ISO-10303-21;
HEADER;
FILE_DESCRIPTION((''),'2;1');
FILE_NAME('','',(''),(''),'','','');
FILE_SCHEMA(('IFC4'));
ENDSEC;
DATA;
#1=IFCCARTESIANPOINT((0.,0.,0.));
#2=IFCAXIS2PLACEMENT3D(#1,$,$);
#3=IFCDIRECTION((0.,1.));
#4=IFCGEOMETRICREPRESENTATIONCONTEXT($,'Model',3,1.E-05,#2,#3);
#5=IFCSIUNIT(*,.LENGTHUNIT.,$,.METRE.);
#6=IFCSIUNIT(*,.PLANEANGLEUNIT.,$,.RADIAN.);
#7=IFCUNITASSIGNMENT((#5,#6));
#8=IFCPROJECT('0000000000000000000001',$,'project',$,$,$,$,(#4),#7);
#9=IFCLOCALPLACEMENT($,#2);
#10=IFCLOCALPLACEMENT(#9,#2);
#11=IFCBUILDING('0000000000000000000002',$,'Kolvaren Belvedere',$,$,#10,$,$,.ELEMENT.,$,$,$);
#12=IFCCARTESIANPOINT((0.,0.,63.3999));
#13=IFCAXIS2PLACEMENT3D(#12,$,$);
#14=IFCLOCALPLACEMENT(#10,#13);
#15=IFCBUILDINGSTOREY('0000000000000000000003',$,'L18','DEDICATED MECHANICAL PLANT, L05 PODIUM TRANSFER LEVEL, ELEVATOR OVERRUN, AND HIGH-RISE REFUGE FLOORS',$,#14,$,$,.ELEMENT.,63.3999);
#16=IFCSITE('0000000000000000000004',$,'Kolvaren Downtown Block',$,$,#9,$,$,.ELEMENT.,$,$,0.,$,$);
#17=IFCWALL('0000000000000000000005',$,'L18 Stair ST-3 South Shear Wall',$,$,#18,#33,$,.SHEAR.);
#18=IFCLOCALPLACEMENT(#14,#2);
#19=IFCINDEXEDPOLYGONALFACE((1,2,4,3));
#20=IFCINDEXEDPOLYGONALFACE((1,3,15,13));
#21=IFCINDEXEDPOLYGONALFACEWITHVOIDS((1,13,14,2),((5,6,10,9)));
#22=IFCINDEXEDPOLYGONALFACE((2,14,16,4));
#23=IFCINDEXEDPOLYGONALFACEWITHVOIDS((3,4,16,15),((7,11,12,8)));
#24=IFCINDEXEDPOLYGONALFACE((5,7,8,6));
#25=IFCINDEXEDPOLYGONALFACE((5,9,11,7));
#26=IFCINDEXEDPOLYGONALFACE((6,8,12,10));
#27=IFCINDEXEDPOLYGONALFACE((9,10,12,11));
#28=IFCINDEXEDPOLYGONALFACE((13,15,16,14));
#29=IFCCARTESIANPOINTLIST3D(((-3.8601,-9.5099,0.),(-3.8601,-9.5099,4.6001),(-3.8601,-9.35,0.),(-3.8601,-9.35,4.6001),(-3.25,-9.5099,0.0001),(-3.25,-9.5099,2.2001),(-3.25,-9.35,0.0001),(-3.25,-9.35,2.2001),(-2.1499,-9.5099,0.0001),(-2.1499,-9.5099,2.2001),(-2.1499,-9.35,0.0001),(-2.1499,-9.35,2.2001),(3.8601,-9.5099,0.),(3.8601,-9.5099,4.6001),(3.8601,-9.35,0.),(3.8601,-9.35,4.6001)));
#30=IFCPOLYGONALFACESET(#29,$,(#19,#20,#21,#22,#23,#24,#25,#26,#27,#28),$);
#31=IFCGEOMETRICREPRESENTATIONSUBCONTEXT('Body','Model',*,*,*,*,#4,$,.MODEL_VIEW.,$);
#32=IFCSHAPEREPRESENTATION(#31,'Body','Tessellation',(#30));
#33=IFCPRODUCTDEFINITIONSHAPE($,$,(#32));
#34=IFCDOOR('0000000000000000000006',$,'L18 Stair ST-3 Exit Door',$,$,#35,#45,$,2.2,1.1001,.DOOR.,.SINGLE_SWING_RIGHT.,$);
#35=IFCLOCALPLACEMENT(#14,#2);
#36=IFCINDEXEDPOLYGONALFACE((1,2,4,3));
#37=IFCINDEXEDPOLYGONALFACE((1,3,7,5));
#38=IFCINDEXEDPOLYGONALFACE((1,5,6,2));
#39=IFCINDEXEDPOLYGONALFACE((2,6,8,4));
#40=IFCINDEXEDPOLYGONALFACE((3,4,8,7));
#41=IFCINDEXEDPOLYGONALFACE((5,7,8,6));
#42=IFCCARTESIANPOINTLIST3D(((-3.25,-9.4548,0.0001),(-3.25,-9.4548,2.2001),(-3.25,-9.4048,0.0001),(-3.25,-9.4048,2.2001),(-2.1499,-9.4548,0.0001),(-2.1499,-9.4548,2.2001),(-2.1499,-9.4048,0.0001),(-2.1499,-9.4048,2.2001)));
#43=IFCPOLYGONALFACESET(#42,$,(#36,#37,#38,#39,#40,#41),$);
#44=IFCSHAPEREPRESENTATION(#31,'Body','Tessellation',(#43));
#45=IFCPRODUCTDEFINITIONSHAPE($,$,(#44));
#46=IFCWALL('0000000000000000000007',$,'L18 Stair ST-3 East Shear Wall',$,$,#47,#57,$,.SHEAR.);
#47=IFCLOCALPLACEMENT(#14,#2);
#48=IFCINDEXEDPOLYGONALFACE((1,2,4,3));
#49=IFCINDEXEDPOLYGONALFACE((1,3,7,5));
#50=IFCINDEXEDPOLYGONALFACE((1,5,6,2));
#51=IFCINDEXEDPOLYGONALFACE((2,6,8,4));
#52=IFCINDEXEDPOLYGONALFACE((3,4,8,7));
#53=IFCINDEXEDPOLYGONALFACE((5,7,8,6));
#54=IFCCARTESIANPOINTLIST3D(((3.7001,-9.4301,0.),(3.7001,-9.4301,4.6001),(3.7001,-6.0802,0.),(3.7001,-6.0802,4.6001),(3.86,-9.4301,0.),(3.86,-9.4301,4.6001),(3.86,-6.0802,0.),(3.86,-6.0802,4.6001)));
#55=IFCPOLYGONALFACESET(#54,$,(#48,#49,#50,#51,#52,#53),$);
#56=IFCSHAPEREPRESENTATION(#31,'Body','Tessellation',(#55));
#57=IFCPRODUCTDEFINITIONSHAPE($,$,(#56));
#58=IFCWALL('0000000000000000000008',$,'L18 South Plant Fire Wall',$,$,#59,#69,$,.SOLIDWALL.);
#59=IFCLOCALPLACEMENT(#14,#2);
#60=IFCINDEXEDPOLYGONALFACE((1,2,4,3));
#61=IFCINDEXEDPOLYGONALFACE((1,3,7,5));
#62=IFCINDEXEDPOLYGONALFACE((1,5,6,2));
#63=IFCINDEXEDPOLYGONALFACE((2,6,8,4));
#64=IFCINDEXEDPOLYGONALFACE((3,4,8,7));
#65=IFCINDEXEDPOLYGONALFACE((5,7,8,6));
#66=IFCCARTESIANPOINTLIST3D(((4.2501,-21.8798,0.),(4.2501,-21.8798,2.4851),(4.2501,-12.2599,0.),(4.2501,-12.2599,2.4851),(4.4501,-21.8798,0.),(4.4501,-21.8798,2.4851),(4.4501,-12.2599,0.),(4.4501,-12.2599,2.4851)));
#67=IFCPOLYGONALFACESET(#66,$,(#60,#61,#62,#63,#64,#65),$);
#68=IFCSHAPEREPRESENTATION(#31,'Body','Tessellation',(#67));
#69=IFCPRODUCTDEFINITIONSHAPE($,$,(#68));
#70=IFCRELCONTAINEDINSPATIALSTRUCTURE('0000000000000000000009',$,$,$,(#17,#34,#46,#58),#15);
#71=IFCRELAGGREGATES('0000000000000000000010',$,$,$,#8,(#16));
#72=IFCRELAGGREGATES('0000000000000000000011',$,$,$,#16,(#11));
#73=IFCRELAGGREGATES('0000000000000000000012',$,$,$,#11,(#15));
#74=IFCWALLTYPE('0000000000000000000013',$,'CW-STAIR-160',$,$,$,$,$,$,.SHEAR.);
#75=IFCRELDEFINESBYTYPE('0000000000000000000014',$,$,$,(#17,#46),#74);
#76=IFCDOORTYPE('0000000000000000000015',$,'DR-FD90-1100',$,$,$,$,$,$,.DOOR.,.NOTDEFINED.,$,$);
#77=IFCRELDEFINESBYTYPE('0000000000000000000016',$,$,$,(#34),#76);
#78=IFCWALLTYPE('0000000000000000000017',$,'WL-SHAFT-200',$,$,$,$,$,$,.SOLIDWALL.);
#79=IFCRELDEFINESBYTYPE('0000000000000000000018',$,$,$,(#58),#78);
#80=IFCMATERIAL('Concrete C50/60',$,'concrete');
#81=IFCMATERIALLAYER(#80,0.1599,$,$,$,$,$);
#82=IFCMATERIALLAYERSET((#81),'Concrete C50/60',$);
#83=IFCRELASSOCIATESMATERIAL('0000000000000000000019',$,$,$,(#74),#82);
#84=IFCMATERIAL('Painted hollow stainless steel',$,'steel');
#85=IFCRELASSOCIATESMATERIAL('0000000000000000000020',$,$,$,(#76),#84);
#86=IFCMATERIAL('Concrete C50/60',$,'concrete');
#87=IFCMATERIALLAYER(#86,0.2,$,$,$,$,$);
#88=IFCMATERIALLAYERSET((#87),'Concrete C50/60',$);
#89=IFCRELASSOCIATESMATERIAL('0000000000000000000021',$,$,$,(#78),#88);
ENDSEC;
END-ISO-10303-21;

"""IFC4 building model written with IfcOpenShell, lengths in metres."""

from ifc_helpers import new_model, si_unit, direction, frame, frame_2d, origin, place, context, subcontext, project, spatial, rectangle, extrude, material, layer, layer_set, type_object, element, fill, save


model = new_model("IFC4")

# Units and contexts
model_context = context("Model", 3, precision=1e-05, world=origin(), true_north=direction((0.0, 1.0)))
body_context = subcontext(model_context, "Body", "Model", "MODEL_VIEW")
ifc_project = project(units=[si_unit("LENGTHUNIT", "METRE"), si_unit("PLANEANGLEUNIT", "RADIAN")], contexts=[model_context])

# Site, building, storey
site_placement = place(None, origin())
site = spatial("IfcSite", under=ifc_project, at=site_placement, Name="Kolvaren Downtown Block", CompositionType="ELEMENT", RefElevation=0.0)
building_placement = place(site_placement, origin())
building = spatial("IfcBuilding", under=site, at=building_placement, Name="Kolvaren Belvedere", CompositionType="ELEMENT")
storey_placement = place(building_placement, frame((0.0, 0.0, 63.3999)))
storey = spatial("IfcBuildingStorey", under=building, at=storey_placement, Name="L18", Description="DEDICATED MECHANICAL PLANT, L05 PODIUM TRANSFER LEVEL, ELEVATOR OVERRUN, AND HIGH-RISE REFUGE FLOORS", CompositionType="ELEMENT", Elevation=63.3999)

# Wall, opening, door
ifc_material_1 = material(Name="Concrete C50/60", Category="concrete")
ifc_layer_1 = layer(ifc_material_1, 0.1599)
ifc_layer_set_1 = layer_set([ifc_layer_1], Name="Concrete C50/60")
wall_type_1 = type_object("IfcWallType", Name="CW-STAIR-160", PredefinedType="SHEAR", material=ifc_layer_set_1)
wall_1_placement = place(storey_placement, frame((3.8601, -9.4299, 0.0), z_axis=(0.0, 0.0, 1.0), x_axis=(-1.0, 0.0, 0.0)))
wall_1 = element("IfcWall", 1, at=wall_1_placement, inside=storey, type_object=wall_type_1, Name="L18 Stair ST-3 South Shear Wall", PredefinedType="SHEAR", context=body_context, shape_type="SweptSolid", body=[
    extrude(rectangle(XDim=7.7202, YDim=0.1599, at=frame_2d((3.8601, 0.0))), origin(), (0.0, 0.0, 1.0), 4.6001),
])
opening_placement = place(wall_1_placement, frame((6.01, 0.0, 0.0)))
opening = element("IfcOpeningElement", 2, at=opening_placement, cuts=wall_1, PredefinedType="OPENING", context=body_context, shape_type="SweptSolid", body=[
    extrude(rectangle(XDim=1.1001, YDim=2.2, at=frame_2d((0.55, 1.1001))), frame((0.0, 0.0898, 0.0), z_axis=(0.0, -1.0, 0.0), x_axis=(1.0, 0.0, 0.0)), (0.0, 0.0, 1.0), 0.1799),
])
ifc_material_2 = material(Name="Painted hollow stainless steel", Category="steel")
door_type = type_object("IfcDoorType", Name="DR-FD90-1100", OperationType="NOTDEFINED", PredefinedType="DOOR", material=ifc_material_2)
door_placement = place(opening_placement, origin())
door = element("IfcDoor", 3, at=door_placement, inside=storey, type_object=door_type, Name="L18 Stair ST-3 Exit Door", OperationType="SINGLE_SWING_RIGHT", OverallHeight=2.2, OverallWidth=1.1001, PredefinedType="DOOR", context=body_context, shape_type="SweptSolid", body=[
    extrude(rectangle(XDim=1.1001, YDim=2.2, at=frame_2d((0.55, 1.1001))), frame((0.0, 0.0249, 0.0), z_axis=(0.0, -1.0, 0.0), x_axis=(1.0, 0.0, 0.0)), (0.0, 0.0, 1.0), 0.05),
])
fill(opening, door)

# Walls
wall_2_placement = place(storey_placement, frame((3.78, -9.4299, 0.0), z_axis=(0.0, 0.0, 1.0), x_axis=(0.0, 1.0, 0.0)))
element("IfcWall", 4, at=wall_2_placement, inside=storey, type_object=wall_type_1, Name="L18 Stair ST-3 East Shear Wall", PredefinedType="SHEAR", context=body_context, shape_type="SweptSolid", body=[
    extrude(rectangle(XDim=3.3499, YDim=0.1599, at=frame_2d((1.6748, 0.0))), origin(), (0.0, 0.0, 1.0), 4.6001),
])
ifc_material_3 = material(Name="Concrete C50/60", Category="concrete")
ifc_layer_2 = layer(ifc_material_3, 0.2)
ifc_layer_set_2 = layer_set([ifc_layer_2], Name="Concrete C50/60")
wall_type_2 = type_object("IfcWallType", Name="WL-SHAFT-200", PredefinedType="SOLIDWALL", material=ifc_layer_set_2)
wall_3_placement = place(storey_placement, frame((4.3501, -21.8799, 0.0), z_axis=(0.0, 0.0, 1.0), x_axis=(0.0, 1.0, 0.0)))
element("IfcWall", 5, at=wall_3_placement, inside=storey, type_object=wall_type_2, Name="L18 South Plant Fire Wall", PredefinedType="SOLIDWALL", context=body_context, shape_type="SweptSolid", body=[
    extrude(rectangle(XDim=9.6199, YDim=0.2, at=frame_2d((4.8101, 0.0))), origin(), (0.0, 0.0, 1.0), 2.4851),
])

save(model, "model.ifc")
